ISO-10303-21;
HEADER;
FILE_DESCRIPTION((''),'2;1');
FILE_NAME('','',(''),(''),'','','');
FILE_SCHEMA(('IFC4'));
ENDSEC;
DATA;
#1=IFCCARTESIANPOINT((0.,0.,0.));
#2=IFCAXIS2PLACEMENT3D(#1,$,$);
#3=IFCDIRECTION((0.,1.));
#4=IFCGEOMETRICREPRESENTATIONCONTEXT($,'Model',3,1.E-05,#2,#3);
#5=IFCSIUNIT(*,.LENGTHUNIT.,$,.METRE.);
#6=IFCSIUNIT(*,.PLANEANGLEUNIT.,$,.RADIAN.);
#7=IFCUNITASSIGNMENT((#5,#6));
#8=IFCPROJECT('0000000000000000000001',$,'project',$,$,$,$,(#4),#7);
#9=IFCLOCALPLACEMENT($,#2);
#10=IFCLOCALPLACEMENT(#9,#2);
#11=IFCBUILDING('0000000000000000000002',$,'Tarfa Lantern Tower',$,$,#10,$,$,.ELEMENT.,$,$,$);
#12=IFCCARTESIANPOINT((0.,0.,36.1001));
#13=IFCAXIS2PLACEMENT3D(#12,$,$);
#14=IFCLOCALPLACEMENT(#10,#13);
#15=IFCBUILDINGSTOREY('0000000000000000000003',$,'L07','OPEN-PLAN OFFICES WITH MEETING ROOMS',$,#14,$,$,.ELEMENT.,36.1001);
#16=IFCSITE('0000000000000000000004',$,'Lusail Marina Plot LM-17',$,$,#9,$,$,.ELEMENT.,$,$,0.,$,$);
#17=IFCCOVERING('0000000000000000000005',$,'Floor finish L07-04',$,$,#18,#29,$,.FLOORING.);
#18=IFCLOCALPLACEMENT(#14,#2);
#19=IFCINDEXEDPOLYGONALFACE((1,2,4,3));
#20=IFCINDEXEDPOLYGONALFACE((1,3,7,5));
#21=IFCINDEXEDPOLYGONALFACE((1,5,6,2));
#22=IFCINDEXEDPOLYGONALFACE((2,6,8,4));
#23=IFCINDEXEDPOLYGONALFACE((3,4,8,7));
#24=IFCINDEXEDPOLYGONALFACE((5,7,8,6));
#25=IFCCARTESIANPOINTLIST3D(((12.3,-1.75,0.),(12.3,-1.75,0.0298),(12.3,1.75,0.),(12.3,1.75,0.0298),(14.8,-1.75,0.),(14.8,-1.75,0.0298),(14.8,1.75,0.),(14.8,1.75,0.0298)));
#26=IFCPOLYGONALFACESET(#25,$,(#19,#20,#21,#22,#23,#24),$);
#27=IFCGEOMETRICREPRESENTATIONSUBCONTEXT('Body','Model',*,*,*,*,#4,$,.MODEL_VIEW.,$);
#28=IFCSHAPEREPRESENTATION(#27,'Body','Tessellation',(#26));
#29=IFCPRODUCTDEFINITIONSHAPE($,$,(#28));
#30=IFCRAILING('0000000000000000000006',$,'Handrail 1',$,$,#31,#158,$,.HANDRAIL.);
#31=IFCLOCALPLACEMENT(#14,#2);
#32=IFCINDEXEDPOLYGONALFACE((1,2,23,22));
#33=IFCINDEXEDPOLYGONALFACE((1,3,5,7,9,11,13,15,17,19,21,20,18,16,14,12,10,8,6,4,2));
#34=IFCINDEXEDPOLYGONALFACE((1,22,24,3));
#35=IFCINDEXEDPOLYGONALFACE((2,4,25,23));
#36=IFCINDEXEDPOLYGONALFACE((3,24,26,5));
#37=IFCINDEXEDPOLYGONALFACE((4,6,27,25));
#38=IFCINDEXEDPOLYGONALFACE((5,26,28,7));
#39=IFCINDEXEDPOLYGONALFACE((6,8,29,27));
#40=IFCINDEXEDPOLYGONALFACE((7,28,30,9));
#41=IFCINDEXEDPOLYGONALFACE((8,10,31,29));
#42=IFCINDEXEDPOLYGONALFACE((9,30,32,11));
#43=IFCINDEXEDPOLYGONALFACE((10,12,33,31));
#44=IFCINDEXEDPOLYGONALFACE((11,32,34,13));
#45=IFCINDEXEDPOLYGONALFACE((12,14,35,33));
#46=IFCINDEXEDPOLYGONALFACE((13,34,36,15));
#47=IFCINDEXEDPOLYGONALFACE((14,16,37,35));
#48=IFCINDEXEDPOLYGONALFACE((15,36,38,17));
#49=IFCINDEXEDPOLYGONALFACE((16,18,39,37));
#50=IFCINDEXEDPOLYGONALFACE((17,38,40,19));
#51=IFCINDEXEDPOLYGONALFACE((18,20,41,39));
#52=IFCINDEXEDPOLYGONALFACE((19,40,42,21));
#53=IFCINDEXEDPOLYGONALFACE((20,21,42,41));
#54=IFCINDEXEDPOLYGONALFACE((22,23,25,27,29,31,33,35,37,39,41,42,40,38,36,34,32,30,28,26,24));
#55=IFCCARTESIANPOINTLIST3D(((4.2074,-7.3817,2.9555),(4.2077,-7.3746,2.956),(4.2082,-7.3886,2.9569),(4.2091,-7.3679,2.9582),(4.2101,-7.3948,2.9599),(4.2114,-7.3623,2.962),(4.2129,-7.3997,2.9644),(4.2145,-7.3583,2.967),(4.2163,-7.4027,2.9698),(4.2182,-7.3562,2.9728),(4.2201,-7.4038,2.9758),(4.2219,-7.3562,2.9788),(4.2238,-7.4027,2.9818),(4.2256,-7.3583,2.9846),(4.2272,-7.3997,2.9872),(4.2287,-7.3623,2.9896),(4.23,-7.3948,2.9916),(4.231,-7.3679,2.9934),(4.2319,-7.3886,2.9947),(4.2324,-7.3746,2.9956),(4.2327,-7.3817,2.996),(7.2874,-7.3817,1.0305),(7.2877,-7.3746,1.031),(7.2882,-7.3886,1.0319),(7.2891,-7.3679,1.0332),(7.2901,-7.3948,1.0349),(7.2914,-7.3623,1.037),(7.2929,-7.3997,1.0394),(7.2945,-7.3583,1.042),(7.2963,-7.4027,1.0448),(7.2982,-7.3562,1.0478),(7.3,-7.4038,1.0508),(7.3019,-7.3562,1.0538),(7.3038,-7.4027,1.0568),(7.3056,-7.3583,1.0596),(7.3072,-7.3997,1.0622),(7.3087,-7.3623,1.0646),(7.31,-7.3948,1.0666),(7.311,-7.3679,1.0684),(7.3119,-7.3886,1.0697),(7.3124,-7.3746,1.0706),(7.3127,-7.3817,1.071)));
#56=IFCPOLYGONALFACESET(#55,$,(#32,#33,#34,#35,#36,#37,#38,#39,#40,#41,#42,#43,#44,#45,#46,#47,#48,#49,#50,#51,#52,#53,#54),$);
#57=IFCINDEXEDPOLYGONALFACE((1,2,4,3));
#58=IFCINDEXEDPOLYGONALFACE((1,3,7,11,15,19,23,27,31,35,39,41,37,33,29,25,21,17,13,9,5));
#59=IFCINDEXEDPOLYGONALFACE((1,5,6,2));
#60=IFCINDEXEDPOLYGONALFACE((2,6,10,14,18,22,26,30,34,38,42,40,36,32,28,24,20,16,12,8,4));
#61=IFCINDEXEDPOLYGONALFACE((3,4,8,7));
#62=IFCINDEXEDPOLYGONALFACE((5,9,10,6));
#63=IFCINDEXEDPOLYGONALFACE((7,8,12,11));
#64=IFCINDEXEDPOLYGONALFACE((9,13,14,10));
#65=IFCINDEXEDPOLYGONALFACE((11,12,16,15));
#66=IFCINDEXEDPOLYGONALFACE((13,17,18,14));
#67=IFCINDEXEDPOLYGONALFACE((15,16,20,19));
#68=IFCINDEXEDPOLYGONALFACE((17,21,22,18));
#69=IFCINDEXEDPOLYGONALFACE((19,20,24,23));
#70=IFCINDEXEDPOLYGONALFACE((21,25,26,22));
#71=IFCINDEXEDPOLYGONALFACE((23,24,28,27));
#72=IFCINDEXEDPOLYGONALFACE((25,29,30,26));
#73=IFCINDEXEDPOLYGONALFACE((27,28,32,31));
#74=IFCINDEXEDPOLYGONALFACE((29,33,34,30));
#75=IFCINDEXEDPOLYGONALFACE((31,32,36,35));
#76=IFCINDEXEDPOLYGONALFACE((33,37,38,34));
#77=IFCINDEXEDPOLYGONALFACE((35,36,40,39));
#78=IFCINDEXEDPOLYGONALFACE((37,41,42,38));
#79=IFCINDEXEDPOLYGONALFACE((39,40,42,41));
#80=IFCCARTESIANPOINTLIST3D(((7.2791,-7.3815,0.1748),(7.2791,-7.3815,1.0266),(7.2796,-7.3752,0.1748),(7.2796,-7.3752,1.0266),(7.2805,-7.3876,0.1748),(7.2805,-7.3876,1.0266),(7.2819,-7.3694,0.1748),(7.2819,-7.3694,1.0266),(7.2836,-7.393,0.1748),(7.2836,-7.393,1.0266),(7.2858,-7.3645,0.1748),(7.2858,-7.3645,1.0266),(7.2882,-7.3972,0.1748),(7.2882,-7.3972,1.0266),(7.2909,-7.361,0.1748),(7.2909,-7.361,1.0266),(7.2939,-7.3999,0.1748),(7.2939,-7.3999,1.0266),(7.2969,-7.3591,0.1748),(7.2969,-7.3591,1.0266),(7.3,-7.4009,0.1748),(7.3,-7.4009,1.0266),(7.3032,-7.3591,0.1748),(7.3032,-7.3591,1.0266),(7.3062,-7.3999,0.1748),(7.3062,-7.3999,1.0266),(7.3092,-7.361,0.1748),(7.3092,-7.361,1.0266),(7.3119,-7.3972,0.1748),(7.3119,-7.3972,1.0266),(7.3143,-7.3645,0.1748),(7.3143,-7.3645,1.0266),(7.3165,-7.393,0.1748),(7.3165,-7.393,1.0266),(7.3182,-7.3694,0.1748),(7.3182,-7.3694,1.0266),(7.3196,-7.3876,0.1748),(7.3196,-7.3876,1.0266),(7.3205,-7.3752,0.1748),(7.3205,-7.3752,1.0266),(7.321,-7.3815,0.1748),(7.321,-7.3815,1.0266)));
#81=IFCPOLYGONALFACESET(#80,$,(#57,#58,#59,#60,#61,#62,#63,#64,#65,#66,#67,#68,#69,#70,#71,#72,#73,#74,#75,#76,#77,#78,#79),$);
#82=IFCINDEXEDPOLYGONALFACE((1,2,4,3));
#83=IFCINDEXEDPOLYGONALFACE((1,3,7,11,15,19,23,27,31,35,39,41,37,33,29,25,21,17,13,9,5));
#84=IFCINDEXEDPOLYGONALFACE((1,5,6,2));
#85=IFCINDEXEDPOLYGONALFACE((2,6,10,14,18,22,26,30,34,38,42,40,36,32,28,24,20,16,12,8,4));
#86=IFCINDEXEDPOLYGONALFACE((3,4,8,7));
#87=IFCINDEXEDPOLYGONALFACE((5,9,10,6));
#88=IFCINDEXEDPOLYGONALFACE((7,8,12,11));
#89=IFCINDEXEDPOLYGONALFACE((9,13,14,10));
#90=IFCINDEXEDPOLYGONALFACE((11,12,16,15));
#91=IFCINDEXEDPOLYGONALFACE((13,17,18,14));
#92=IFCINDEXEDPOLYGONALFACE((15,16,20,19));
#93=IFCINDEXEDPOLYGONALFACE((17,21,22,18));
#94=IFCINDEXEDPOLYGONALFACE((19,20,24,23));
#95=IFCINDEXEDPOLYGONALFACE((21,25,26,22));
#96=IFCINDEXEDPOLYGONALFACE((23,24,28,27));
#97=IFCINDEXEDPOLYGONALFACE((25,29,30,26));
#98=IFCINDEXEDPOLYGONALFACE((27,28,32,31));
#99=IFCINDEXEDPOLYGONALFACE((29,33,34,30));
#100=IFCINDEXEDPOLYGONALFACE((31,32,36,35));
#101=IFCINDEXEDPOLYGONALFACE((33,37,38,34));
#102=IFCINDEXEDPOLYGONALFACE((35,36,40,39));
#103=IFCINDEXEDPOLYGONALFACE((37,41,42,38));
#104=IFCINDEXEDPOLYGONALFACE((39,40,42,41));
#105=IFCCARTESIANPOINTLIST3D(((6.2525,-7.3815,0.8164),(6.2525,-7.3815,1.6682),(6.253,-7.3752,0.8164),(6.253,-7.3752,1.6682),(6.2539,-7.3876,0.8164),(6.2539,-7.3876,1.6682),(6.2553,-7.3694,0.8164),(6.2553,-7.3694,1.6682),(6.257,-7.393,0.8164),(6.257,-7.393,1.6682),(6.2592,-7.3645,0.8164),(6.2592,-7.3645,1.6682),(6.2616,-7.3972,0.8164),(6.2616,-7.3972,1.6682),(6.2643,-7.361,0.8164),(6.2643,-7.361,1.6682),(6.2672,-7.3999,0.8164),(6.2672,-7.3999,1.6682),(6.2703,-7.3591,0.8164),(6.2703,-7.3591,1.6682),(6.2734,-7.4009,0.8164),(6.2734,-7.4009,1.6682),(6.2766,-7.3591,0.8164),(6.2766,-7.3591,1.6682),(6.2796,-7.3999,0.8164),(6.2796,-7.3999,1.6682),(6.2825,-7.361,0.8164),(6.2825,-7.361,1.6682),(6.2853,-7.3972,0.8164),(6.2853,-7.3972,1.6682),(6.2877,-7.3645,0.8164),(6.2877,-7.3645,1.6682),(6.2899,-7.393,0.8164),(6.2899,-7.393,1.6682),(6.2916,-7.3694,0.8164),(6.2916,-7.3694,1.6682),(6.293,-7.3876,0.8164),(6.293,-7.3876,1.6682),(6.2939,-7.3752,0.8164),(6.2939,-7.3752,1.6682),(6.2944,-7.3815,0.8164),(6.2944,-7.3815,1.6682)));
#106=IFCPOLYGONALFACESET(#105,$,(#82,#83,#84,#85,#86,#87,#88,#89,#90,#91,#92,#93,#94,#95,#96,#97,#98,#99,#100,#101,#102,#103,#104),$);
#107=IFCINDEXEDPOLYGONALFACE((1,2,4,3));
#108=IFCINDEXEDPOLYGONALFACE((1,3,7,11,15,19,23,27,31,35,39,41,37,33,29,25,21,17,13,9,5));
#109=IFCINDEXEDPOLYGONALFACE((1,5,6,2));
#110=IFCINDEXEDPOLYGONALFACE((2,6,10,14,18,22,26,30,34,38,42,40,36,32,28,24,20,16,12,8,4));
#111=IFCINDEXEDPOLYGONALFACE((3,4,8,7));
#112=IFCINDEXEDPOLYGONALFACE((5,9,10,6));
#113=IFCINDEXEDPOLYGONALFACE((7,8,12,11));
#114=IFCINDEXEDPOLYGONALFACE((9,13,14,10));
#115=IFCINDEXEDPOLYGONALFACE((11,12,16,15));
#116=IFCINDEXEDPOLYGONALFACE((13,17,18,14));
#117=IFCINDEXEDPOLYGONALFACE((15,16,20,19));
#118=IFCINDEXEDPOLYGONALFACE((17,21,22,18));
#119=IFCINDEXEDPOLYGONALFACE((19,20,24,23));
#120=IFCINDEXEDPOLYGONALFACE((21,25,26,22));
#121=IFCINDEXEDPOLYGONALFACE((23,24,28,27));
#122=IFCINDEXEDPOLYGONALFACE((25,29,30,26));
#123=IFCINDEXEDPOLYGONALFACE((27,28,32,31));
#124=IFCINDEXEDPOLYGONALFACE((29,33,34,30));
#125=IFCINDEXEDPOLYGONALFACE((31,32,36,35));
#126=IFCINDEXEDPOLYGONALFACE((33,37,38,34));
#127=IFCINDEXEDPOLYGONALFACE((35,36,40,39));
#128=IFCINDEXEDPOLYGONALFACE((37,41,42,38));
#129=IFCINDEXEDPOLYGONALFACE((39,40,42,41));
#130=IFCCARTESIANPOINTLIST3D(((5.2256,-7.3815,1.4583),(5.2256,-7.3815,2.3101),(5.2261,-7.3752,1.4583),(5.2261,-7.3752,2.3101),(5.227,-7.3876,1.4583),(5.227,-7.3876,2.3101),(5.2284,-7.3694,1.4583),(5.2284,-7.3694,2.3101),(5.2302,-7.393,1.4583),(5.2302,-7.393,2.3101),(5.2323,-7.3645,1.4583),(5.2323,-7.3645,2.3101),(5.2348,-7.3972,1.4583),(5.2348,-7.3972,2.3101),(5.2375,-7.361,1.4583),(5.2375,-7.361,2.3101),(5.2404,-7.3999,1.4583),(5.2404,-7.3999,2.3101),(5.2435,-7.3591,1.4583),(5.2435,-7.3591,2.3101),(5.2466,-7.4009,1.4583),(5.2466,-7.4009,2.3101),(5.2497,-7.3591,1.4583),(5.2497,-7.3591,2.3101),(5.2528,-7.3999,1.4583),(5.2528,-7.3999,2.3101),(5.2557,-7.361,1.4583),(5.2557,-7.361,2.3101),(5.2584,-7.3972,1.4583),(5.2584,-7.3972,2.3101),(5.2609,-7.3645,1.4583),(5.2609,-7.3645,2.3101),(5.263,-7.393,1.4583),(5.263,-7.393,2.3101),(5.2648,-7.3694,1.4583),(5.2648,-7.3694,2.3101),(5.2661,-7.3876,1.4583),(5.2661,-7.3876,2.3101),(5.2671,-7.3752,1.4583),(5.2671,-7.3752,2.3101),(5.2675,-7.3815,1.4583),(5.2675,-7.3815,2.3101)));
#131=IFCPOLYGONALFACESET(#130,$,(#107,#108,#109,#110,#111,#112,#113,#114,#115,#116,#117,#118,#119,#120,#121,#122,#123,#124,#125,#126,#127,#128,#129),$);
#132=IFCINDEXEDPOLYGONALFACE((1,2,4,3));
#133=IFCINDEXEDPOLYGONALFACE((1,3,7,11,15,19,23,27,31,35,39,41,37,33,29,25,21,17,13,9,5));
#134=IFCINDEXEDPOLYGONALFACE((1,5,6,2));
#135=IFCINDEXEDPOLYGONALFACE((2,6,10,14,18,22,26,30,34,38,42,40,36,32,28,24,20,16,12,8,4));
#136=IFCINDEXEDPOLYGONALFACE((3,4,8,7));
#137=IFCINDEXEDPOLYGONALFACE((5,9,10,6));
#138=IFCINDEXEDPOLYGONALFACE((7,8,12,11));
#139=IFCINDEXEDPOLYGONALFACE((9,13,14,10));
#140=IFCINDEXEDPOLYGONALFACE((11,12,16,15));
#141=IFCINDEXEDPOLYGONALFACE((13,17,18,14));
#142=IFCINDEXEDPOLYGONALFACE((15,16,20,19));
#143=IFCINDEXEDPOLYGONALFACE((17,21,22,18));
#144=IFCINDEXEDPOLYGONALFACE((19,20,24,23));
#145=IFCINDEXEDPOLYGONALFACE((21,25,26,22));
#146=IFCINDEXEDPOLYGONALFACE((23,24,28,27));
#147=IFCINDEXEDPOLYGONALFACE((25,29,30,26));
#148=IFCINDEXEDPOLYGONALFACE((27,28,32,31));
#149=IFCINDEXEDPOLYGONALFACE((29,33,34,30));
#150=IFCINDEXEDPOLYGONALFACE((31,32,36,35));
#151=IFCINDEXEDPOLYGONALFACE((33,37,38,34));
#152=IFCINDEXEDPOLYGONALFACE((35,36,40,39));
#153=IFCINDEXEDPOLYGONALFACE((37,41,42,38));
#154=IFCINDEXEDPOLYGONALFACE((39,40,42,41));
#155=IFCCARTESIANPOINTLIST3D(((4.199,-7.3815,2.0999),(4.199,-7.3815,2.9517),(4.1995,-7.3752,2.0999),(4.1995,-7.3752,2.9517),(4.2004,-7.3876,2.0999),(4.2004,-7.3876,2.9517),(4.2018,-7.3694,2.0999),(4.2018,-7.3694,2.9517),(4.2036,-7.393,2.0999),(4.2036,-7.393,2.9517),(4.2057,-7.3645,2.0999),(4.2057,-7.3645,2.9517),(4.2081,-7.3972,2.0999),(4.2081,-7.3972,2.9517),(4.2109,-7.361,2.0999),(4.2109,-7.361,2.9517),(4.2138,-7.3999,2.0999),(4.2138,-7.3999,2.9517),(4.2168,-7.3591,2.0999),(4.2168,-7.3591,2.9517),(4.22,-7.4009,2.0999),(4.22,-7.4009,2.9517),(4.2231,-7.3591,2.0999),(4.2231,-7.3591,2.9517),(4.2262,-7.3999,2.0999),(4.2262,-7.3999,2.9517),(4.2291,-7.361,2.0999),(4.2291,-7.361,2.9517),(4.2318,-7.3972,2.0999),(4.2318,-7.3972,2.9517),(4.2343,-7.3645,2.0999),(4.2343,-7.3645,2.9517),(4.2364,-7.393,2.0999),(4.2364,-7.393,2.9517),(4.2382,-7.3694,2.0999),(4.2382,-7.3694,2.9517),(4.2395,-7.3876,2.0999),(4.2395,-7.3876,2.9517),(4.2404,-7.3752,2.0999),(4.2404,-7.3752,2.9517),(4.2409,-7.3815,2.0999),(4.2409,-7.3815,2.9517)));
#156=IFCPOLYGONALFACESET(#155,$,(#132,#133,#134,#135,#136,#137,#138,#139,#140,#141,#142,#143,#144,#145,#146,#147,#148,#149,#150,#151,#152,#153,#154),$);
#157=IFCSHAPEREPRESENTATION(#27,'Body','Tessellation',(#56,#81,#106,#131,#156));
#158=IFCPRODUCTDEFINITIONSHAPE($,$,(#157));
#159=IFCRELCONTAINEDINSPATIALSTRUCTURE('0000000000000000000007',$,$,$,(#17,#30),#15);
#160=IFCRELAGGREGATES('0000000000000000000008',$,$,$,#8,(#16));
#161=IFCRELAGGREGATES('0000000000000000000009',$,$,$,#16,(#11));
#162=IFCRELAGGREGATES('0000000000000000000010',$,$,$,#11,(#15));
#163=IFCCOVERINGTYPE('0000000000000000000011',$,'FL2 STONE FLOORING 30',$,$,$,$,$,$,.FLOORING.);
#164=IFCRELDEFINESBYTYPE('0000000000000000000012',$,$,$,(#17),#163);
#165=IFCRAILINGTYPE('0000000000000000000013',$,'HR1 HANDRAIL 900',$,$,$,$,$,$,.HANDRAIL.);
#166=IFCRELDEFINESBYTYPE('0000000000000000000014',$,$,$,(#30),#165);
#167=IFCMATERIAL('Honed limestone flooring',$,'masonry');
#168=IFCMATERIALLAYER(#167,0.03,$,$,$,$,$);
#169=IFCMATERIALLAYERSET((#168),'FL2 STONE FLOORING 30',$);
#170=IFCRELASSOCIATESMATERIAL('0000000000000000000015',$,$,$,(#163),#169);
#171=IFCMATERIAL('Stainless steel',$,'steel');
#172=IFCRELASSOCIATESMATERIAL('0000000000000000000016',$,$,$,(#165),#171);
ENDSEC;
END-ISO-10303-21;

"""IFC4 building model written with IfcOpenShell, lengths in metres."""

from ifc_helpers import new_model, si_unit, direction, frame, origin, origin_2d, place, context, subcontext, project, spatial, polyline, circle, outline, extrude, material, layer, layer_set, type_object, element, save


model = new_model("IFC4")

# Units and contexts
model_context = context("Model", 3, precision=1e-05, world=origin(), true_north=direction((0.0, 1.0)))
body_context = subcontext(model_context, "Body", "Model", "MODEL_VIEW")
ifc_project = project(units=[si_unit("LENGTHUNIT", "METRE"), si_unit("PLANEANGLEUNIT", "RADIAN")], contexts=[model_context])

# Site, building, storey
site_placement = place(None, origin())
site = spatial("IfcSite", under=ifc_project, at=site_placement, Name="Lusail Marina Plot LM-17", CompositionType="ELEMENT", RefElevation=0.0)
building_placement = place(site_placement, origin())
building = spatial("IfcBuilding", under=site, at=building_placement, Name="Tarfa Lantern Tower", CompositionType="ELEMENT")
storey_placement = place(building_placement, frame((0.0, 0.0, 36.1001)))
storey = spatial("IfcBuildingStorey", under=building, at=storey_placement, Name="L07", Description="OPEN-PLAN OFFICES WITH MEETING ROOMS", CompositionType="ELEMENT", Elevation=36.1001)

# Covering
ifc_material_1 = material(Name="Honed limestone flooring", Category="masonry")
ifc_layer_1 = layer(ifc_material_1, 0.03)
ifc_layer_set_1 = layer_set([ifc_layer_1], Name="FL2 STONE FLOORING 30")
covering_type_1 = type_object("IfcCoveringType", Name="FL2 STONE FLOORING 30", PredefinedType="FLOORING", material=ifc_layer_set_1)
covering_1_placement = place(storey_placement, origin())
element("IfcCovering", 1, at=covering_1_placement, inside=storey, type_object=covering_type_1, Name="Floor finish L07-04", PredefinedType="FLOORING", context=body_context, shape_type="SweptSolid", body=[
    extrude(outline(polyline([(12.3, -1.75), (14.8, -1.75), (14.8, 1.75), (12.3, 1.75), (12.3, -1.75)])), origin(), (0.0, 0.0, 1.0), 0.0298),
])

# Railing
ifc_material_2 = material(Name="Stainless steel", Category="steel")
railing_type = type_object("IfcRailingType", Name="HR1 HANDRAIL 900", PredefinedType="HANDRAIL", material=ifc_material_2)
railing_1_placement = place(storey_placement, frame((7.3, -7.3799, 0.1748)))
element("IfcRailing", 2, at=railing_1_placement, inside=storey, type_object=railing_type, Name="Handrail 1", PredefinedType="HANDRAIL", context=body_context, shape_type="SweptSolid", body=[
    extrude(circle(Radius=0.0239, at=origin_2d()), frame((0.0, 0.0, 0.876), z_axis=(-0.847998, 0.0, 0.529999), x_axis=(0.0, -1.0, 0.0)), (0.0, 0.0, 1.0), 3.6321),
    extrude(circle(Radius=0.021, at=origin_2d()), frame((0.0, 0.0, 0.0), z_axis=(0.0, 0.0, 1.0), x_axis=(0.0, -1.0, 0.0)), (0.0, 0.0, 1.0), 0.8518),
    extrude(circle(Radius=0.021, at=origin_2d()), frame((-1.0266, 0.0, 0.6416), z_axis=(0.0, 0.0, 1.0), x_axis=(0.0, -1.0, 0.0)), (0.0, 0.0, 1.0), 0.8518),
    extrude(circle(Radius=0.021, at=origin_2d()), frame((-2.0535, 0.0, 1.2834), z_axis=(0.0, 0.0, 1.0), x_axis=(0.0, -1.0, 0.0)), (0.0, 0.0, 1.0), 0.8518),
    extrude(circle(Radius=0.021, at=origin_2d()), frame((-3.0801, 0.0, 1.925), z_axis=(0.0, 0.0, 1.0), x_axis=(0.0, -1.0, 0.0)), (0.0, 0.0, 1.0), 0.8518),
])

save(model, "model.ifc")
